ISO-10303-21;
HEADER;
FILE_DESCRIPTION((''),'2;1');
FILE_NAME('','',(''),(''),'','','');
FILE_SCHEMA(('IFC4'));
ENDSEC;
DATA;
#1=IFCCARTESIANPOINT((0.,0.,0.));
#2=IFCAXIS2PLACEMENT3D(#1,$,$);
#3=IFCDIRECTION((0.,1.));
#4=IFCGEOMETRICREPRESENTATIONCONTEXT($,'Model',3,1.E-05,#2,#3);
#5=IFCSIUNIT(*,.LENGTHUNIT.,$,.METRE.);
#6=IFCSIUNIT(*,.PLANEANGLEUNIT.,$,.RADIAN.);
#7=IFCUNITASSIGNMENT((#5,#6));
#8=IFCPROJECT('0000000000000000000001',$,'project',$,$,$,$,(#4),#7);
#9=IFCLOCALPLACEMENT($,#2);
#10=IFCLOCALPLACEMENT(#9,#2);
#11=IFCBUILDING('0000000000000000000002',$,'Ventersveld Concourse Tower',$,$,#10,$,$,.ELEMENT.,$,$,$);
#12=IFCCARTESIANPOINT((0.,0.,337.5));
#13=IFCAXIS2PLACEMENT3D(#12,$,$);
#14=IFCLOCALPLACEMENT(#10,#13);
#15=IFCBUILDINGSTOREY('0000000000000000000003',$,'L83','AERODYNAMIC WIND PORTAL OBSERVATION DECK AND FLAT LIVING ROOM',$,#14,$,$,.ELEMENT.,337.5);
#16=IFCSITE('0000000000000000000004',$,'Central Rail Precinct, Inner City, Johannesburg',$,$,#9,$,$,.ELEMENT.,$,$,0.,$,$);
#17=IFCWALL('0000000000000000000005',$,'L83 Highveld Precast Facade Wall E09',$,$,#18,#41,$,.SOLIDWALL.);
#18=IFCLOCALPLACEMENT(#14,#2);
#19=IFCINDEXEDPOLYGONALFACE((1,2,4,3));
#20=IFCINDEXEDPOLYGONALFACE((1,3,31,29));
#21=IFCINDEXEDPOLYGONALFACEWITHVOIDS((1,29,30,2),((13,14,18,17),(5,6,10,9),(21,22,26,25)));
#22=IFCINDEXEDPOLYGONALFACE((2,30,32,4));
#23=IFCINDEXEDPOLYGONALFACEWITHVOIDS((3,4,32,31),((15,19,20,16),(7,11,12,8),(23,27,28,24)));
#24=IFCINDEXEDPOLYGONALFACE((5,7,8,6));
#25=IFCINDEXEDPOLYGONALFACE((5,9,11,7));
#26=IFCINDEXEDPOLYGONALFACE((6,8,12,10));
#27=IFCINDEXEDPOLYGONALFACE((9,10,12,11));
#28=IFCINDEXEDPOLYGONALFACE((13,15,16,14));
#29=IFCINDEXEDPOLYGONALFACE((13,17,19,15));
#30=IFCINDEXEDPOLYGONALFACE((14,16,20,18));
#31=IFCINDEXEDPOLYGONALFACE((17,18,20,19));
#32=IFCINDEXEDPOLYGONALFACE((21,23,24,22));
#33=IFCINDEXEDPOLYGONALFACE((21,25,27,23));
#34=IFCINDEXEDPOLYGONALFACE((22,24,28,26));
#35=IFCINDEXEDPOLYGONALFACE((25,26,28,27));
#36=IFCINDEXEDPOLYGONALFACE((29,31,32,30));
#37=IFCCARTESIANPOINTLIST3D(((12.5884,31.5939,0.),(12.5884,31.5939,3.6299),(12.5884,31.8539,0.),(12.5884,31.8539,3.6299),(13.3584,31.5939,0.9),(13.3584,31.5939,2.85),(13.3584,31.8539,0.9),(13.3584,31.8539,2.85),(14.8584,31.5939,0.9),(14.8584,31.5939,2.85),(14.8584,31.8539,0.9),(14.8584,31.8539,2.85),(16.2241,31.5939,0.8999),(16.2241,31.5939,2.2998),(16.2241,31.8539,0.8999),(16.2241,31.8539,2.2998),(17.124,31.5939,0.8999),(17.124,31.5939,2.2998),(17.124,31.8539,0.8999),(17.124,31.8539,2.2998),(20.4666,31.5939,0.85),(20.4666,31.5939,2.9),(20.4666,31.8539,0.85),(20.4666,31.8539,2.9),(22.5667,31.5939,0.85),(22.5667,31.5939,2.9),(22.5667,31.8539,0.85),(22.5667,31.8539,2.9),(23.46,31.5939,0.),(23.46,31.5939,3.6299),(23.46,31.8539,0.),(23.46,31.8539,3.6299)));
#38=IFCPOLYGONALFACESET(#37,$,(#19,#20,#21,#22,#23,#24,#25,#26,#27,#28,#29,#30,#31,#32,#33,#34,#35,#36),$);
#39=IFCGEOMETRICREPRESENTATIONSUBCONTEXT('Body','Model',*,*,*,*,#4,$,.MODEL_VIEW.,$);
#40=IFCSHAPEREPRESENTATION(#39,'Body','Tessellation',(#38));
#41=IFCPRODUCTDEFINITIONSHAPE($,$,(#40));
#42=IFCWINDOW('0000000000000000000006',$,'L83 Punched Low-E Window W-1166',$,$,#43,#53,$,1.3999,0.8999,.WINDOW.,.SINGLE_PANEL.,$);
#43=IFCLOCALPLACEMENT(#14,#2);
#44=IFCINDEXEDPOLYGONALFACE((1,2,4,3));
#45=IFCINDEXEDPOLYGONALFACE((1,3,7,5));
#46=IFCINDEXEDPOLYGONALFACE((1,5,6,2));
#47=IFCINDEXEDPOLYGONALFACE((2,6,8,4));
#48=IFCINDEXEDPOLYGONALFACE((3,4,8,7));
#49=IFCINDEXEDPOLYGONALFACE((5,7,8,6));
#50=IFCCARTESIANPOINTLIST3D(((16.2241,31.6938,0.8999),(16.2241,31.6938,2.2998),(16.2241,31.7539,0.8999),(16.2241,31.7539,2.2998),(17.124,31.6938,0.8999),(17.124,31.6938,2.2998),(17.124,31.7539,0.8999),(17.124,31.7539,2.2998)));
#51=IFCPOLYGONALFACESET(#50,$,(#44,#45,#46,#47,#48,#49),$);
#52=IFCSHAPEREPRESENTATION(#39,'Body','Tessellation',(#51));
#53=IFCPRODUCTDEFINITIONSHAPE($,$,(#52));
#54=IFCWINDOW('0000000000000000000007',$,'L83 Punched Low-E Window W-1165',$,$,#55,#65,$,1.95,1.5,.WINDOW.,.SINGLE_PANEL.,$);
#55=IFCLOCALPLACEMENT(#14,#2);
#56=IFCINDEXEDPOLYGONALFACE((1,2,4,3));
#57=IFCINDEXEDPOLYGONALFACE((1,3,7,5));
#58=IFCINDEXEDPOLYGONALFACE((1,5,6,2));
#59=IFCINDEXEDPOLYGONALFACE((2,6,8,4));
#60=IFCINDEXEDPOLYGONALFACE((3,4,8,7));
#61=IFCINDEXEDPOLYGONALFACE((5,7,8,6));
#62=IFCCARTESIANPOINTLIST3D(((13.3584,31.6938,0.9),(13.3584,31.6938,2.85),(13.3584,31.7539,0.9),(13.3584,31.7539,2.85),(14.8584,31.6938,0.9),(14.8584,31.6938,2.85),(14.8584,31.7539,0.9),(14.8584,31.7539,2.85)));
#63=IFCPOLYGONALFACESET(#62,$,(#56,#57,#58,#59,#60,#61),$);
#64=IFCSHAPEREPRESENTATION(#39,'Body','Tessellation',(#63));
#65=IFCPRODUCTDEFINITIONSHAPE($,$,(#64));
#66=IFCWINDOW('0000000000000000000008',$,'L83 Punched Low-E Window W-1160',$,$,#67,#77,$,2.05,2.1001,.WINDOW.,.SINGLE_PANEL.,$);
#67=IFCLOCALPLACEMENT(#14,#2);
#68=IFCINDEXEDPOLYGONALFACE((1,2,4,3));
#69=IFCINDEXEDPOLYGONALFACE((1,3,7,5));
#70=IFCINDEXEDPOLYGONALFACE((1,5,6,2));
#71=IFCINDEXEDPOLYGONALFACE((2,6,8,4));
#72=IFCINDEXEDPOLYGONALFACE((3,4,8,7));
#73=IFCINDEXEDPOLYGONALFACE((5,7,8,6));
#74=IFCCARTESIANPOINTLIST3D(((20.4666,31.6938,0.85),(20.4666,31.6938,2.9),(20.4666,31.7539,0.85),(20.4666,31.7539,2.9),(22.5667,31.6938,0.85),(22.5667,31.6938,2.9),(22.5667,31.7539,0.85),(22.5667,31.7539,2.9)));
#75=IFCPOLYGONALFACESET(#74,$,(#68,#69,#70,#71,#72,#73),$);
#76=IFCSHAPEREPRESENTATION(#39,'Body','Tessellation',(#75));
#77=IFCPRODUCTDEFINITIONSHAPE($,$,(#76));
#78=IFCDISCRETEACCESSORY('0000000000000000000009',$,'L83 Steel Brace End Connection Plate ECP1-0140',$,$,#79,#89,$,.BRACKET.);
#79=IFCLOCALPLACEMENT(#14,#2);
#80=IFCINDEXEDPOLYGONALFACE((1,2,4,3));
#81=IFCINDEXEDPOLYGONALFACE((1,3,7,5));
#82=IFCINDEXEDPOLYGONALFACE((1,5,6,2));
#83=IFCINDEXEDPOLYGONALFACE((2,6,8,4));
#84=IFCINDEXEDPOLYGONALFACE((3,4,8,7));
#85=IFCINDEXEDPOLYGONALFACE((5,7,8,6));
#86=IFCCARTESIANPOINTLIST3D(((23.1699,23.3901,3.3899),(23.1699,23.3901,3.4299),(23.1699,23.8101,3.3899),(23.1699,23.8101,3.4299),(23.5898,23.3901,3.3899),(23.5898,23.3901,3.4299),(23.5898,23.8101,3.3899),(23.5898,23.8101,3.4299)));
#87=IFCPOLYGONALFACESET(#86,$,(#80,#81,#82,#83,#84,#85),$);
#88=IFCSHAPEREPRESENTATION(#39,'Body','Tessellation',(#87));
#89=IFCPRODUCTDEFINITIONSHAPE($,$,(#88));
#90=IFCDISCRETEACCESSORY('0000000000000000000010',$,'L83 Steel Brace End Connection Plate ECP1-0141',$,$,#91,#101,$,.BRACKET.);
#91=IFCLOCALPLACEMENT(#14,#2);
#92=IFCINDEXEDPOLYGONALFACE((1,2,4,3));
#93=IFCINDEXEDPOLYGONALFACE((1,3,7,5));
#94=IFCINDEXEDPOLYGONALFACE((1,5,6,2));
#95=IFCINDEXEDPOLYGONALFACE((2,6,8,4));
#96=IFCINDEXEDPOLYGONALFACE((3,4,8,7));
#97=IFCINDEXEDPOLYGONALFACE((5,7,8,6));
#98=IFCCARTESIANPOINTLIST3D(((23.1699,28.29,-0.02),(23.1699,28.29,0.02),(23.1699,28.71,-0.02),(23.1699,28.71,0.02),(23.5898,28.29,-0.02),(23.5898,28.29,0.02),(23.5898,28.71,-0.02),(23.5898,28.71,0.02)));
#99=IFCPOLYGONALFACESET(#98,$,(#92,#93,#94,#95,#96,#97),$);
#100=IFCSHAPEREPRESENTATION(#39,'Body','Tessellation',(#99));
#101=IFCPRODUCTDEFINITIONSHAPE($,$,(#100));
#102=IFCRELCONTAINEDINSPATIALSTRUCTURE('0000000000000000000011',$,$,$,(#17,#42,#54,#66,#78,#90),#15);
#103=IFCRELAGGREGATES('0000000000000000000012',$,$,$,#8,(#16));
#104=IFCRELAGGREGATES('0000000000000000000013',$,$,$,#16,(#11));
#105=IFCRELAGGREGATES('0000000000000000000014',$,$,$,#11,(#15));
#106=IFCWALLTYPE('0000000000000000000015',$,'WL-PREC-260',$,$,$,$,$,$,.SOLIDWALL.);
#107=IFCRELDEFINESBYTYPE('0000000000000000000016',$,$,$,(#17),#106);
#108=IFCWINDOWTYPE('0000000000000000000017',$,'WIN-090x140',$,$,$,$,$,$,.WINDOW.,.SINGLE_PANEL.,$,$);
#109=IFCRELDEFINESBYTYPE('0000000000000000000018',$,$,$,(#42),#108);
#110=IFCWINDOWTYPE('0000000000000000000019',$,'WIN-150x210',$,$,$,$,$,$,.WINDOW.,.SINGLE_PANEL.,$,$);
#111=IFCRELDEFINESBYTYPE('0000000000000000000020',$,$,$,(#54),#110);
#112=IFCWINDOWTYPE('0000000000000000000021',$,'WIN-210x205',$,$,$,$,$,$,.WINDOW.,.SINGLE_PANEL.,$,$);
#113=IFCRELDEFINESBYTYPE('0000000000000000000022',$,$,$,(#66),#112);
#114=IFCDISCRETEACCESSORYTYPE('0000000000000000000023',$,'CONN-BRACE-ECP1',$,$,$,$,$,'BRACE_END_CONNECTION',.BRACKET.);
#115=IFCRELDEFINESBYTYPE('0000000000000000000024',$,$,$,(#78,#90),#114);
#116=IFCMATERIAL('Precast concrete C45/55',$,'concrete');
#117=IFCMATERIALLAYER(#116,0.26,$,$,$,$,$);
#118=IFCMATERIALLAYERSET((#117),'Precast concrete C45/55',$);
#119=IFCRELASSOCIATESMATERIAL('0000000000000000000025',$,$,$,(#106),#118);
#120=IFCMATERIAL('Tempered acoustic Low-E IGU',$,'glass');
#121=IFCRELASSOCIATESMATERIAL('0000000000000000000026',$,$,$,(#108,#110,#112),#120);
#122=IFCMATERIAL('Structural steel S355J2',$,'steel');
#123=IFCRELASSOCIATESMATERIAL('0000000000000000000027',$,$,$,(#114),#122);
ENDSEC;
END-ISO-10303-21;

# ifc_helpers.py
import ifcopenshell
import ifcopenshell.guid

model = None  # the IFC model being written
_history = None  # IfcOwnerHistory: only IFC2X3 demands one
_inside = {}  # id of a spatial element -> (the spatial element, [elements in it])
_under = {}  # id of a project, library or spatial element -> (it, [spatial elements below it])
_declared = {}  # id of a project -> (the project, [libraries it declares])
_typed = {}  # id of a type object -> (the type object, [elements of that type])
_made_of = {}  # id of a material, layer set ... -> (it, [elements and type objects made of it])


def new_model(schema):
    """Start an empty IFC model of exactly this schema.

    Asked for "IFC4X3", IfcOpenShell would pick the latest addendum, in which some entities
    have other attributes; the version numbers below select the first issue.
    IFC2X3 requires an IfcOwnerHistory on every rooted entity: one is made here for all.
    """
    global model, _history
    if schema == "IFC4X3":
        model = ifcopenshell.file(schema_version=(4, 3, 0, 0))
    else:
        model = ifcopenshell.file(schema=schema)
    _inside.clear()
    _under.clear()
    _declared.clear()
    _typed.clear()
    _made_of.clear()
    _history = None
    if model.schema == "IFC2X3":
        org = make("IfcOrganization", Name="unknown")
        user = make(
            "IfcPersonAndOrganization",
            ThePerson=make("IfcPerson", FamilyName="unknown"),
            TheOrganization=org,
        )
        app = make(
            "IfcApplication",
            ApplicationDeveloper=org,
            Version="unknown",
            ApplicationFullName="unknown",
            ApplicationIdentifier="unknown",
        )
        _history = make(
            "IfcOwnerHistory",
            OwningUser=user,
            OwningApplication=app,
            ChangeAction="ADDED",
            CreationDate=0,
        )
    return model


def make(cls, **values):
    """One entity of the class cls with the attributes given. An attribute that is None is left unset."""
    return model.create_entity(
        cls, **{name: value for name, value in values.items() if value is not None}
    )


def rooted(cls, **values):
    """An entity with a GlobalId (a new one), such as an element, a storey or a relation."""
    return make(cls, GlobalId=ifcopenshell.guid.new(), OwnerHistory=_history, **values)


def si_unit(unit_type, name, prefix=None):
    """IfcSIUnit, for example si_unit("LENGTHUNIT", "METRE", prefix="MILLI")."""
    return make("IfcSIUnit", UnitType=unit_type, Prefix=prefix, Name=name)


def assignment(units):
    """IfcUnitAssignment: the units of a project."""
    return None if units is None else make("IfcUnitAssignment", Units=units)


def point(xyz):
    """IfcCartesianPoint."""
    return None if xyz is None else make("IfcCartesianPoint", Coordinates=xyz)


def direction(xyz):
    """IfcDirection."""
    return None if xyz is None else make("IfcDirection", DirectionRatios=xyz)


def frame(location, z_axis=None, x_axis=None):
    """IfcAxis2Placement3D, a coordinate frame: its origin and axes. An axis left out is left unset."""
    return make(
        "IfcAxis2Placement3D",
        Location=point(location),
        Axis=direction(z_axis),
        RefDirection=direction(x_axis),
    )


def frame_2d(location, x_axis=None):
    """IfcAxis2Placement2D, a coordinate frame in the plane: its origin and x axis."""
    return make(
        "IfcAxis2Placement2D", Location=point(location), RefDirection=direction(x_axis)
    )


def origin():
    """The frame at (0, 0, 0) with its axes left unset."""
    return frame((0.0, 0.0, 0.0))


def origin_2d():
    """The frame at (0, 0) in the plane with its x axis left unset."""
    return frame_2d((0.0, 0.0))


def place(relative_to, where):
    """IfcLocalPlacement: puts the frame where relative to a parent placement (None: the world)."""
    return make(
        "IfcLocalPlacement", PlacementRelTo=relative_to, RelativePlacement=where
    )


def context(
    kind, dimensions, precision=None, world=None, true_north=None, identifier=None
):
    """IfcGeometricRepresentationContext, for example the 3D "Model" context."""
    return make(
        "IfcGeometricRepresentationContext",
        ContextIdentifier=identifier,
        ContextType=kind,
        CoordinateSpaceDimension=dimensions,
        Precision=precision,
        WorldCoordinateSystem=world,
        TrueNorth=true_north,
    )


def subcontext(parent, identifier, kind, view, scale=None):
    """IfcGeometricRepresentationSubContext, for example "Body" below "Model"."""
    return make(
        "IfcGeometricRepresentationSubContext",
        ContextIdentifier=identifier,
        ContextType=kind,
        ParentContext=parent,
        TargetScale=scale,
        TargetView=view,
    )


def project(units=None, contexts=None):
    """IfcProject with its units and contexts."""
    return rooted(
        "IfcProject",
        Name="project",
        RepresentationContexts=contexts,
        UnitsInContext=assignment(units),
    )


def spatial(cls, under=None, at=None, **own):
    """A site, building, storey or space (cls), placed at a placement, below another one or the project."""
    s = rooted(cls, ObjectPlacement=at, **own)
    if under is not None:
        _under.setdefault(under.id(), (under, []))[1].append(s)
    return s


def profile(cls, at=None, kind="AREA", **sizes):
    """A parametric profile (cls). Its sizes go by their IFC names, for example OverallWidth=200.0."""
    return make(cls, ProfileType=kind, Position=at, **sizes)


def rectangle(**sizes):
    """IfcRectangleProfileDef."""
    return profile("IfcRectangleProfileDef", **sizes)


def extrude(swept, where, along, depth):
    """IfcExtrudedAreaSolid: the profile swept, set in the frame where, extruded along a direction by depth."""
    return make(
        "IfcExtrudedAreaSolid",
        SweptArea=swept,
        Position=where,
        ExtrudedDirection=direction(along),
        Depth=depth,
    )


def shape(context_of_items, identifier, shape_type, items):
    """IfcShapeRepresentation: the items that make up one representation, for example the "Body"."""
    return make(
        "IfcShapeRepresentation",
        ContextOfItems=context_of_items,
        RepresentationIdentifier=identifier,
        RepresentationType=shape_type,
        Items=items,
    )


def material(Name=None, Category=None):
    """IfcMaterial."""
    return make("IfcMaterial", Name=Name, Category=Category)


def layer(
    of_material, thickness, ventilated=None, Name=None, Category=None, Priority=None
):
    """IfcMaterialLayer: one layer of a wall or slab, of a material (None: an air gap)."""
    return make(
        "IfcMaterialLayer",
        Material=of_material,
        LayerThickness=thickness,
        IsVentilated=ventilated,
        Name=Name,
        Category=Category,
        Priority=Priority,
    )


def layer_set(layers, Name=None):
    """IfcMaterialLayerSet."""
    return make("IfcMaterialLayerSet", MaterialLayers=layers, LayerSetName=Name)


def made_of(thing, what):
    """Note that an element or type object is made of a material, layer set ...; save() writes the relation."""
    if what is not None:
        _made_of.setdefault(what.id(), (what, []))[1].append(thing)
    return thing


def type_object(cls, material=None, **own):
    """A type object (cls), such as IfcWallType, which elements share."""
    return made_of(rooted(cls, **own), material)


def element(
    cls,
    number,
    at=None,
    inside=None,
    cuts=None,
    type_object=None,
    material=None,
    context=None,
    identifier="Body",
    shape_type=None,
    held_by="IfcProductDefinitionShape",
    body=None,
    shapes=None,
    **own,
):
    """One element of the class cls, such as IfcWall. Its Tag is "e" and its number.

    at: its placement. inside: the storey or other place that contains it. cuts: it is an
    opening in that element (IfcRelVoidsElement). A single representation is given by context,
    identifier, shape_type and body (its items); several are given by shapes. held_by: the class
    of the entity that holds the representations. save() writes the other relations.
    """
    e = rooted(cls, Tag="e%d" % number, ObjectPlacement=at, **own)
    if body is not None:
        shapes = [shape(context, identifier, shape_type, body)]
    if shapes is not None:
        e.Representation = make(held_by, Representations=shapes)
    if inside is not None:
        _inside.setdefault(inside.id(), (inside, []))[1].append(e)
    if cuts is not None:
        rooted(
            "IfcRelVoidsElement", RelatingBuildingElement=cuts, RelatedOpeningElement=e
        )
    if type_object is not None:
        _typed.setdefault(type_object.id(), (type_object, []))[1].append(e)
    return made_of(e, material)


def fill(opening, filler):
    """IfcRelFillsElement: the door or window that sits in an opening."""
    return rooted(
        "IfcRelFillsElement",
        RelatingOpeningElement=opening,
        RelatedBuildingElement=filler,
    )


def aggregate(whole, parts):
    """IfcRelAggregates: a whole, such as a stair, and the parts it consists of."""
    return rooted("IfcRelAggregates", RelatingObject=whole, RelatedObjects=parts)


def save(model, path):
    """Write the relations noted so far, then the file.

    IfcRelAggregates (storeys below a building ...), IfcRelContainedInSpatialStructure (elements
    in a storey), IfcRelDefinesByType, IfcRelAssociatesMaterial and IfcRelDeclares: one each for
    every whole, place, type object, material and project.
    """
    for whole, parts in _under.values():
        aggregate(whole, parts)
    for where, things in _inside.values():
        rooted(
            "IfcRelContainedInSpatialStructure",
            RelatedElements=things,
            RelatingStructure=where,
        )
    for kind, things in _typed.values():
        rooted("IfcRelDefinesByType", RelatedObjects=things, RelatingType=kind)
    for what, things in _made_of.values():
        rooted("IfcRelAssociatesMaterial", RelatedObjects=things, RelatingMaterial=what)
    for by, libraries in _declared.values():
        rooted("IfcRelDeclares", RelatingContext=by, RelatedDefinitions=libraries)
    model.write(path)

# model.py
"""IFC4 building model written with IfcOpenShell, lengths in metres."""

from ifc_helpers import new_model, si_unit, direction, frame, frame_2d, origin, origin_2d, place, context, subcontext, project, spatial, rectangle, extrude, material, layer, layer_set, type_object, element, fill, save


model = new_model("IFC4")

# Units and contexts
model_context = context("Model", 3, precision=1e-05, world=origin(), true_north=direction((0.0, 1.0)))
body_context = subcontext(model_context, "Body", "Model", "MODEL_VIEW")
ifc_project = project(units=[si_unit("LENGTHUNIT", "METRE"), si_unit("PLANEANGLEUNIT", "RADIAN")], contexts=[model_context])

# Site, building, storey
site_placement = place(None, origin())
site = spatial("IfcSite", under=ifc_project, at=site_placement, Name="Central Rail Precinct, Inner City, Johannesburg", CompositionType="ELEMENT", RefElevation=0.0)
building_placement = place(site_placement, origin())
building = spatial("IfcBuilding", under=site, at=building_placement, Name="Ventersveld Concourse Tower", CompositionType="ELEMENT")
storey_placement = place(building_placement, frame((0.0, 0.0, 337.5)))
storey = spatial("IfcBuildingStorey", under=building, at=storey_placement, Name="L83", Description="AERODYNAMIC WIND PORTAL OBSERVATION DECK AND FLAT LIVING ROOM", CompositionType="ELEMENT", Elevation=337.5)

# Shared definitions
ifc_material_1 = material(Name="Structural steel S355J2", Category="steel")

# Shared definitions
ifc_material_2 = material(Name="Precast concrete C45/55", Category="concrete")
ifc_layer_1 = layer(ifc_material_2, 0.26)
ifc_layer_set_1 = layer_set([ifc_layer_1], Name="Precast concrete C45/55")
wall_type_1 = type_object("IfcWallType", Name="WL-PREC-260", PredefinedType="SOLIDWALL", material=ifc_layer_set_1)

# Wall, openings, windows
wall_1_placement = place(storey_placement, frame((23.46, 31.7239, 0.0), z_axis=(0.0, 0.0, 1.0), x_axis=(-1.0, 0.0, 0.0)))
wall_1 = element("IfcWall", 1, at=wall_1_placement, inside=storey, type_object=wall_type_1, Name="L83 Highveld Precast Facade Wall E09", PredefinedType="SOLIDWALL", context=body_context, shape_type="SweptSolid", body=[
    extrude(rectangle(XDim=10.8716, YDim=0.26, at=frame_2d((5.4358, 0.0))), origin(), (0.0, 0.0, 1.0), 3.6299),
])
opening_1_placement = place(wall_1_placement, frame((0.8933, 0.0, 0.8501)))
opening_1 = element("IfcOpeningElement", 2, at=opening_1_placement, cuts=wall_1, PredefinedType="OPENING", context=body_context, shape_type="SweptSolid", body=[
    extrude(rectangle(XDim=2.1001, YDim=2.05, at=frame_2d((1.05, 1.0249))), frame((0.0, 0.1401, 0.0), z_axis=(0.0, -1.0, 0.0), x_axis=(1.0, 0.0, 0.0)), (0.0, 0.0, 1.0), 0.28),
])
opening_2_placement = place(wall_1_placement, frame((8.6016, 0.0, 0.8999)))
opening_2 = element("IfcOpeningElement", 3, at=opening_2_placement, cuts=wall_1, PredefinedType="OPENING", context=body_context, shape_type="SweptSolid", body=[
    extrude(rectangle(XDim=1.5, YDim=1.95, at=frame_2d((0.75, 0.9751))), frame((0.0, 0.1401, 0.0), z_axis=(0.0, -1.0, 0.0), x_axis=(1.0, 0.0, 0.0)), (0.0, 0.0, 1.0), 0.28),
])
opening_3_placement = place(wall_1_placement, frame((6.3359, 0.0, 0.8999)))
opening_3 = element("IfcOpeningElement", 4, at=opening_3_placement, cuts=wall_1, PredefinedType="OPENING", context=body_context, shape_type="SweptSolid", body=[
    extrude(rectangle(XDim=0.8999, YDim=1.3999, at=frame_2d((0.45, 0.7))), frame((0.0, 0.1401, 0.0), z_axis=(0.0, -1.0, 0.0), x_axis=(1.0, 0.0, 0.0)), (0.0, 0.0, 1.0), 0.28),
])
ifc_material_3 = material(Name="Tempered acoustic Low-E IGU", Category="glass")
window_type_1 = type_object("IfcWindowType", Name="WIN-090x140", PartitioningType="SINGLE_PANEL", PredefinedType="WINDOW", material=ifc_material_3)
window_1_placement = place(opening_3_placement, origin())
window_1 = element("IfcWindow", 5, at=window_1_placement, inside=storey, type_object=window_type_1, Name="L83 Punched Low-E Window W-1166", OverallHeight=1.3999, OverallWidth=0.8999, PartitioningType="SINGLE_PANEL", PredefinedType="WINDOW", context=body_context, shape_type="SweptSolid", body=[
    extrude(rectangle(XDim=0.8999, YDim=1.3999, at=frame_2d((0.45, 0.7))), frame((0.0, 0.03, 0.0), z_axis=(0.0, -1.0, 0.0), x_axis=(1.0, 0.0, 0.0)), (0.0, 0.0, 1.0), 0.0601),
])
fill(opening_3, window_1)
window_type_2 = type_object("IfcWindowType", Name="WIN-150x210", PartitioningType="SINGLE_PANEL", PredefinedType="WINDOW", material=ifc_material_3)
window_2_placement = place(opening_2_placement, origin())
window_2 = element("IfcWindow", 6, at=window_2_placement, inside=storey, type_object=window_type_2, Name="L83 Punched Low-E Window W-1165", OverallHeight=1.95, OverallWidth=1.5, PartitioningType="SINGLE_PANEL", PredefinedType="WINDOW", context=body_context, shape_type="SweptSolid", body=[
    extrude(rectangle(XDim=1.5, YDim=1.95, at=frame_2d((0.75, 0.9751))), frame((0.0, 0.03, 0.0), z_axis=(0.0, -1.0, 0.0), x_axis=(1.0, 0.0, 0.0)), (0.0, 0.0, 1.0), 0.0601),
])
fill(opening_2, window_2)
window_type_3 = type_object("IfcWindowType", Name="WIN-210x205", PartitioningType="SINGLE_PANEL", PredefinedType="WINDOW", material=ifc_material_3)
window_3_placement = place(opening_1_placement, origin())
window_3 = element("IfcWindow", 7, at=window_3_placement, inside=storey, type_object=window_type_3, Name="L83 Punched Low-E Window W-1160", OverallHeight=2.05, OverallWidth=2.1001, PartitioningType="SINGLE_PANEL", PredefinedType="WINDOW", context=body_context, shape_type="SweptSolid", body=[
    extrude(rectangle(XDim=2.1001, YDim=2.05, at=frame_2d((1.05, 1.0249))), frame((0.0, 0.03, 0.0), z_axis=(0.0, -1.0, 0.0), x_axis=(1.0, 0.0, 0.0)), (0.0, 0.0, 1.0), 0.0601),
])
fill(opening_1, window_3)

# Discrete accessories
discrete_accessory_type = type_object("IfcDiscreteAccessoryType", Name="CONN-BRACE-ECP1", ElementType="BRACE_END_CONNECTION", PredefinedType="BRACKET", material=ifc_material_1)
for number, where, z_axis, x_axis, name in (
    (8, (23.3799, 23.6001, 3.3899), (0.0, 0.0, 1.0), (1.0, 0.0, 0.0), "L83 Steel Brace End Connection Plate ECP1-0140"),
    (9, (23.3799, 28.5, -0.02), (0.0, 0.0, 1.0), (1.0, 0.0, 0.0), "L83 Steel Brace End Connection Plate ECP1-0141"),
):
    element("IfcDiscreteAccessory", number, at=place(storey_placement, frame(where, z_axis=z_axis, x_axis=x_axis)), inside=storey, type_object=discrete_accessory_type, Name=name, PredefinedType="BRACKET", context=body_context, shape_type="SweptSolid", body=[
        extrude(rectangle(XDim=0.4199, YDim=0.4199, at=origin_2d()), origin(), (0.0, 0.0, 1.0), 0.04),
    ])

save(model, "model.ifc")
